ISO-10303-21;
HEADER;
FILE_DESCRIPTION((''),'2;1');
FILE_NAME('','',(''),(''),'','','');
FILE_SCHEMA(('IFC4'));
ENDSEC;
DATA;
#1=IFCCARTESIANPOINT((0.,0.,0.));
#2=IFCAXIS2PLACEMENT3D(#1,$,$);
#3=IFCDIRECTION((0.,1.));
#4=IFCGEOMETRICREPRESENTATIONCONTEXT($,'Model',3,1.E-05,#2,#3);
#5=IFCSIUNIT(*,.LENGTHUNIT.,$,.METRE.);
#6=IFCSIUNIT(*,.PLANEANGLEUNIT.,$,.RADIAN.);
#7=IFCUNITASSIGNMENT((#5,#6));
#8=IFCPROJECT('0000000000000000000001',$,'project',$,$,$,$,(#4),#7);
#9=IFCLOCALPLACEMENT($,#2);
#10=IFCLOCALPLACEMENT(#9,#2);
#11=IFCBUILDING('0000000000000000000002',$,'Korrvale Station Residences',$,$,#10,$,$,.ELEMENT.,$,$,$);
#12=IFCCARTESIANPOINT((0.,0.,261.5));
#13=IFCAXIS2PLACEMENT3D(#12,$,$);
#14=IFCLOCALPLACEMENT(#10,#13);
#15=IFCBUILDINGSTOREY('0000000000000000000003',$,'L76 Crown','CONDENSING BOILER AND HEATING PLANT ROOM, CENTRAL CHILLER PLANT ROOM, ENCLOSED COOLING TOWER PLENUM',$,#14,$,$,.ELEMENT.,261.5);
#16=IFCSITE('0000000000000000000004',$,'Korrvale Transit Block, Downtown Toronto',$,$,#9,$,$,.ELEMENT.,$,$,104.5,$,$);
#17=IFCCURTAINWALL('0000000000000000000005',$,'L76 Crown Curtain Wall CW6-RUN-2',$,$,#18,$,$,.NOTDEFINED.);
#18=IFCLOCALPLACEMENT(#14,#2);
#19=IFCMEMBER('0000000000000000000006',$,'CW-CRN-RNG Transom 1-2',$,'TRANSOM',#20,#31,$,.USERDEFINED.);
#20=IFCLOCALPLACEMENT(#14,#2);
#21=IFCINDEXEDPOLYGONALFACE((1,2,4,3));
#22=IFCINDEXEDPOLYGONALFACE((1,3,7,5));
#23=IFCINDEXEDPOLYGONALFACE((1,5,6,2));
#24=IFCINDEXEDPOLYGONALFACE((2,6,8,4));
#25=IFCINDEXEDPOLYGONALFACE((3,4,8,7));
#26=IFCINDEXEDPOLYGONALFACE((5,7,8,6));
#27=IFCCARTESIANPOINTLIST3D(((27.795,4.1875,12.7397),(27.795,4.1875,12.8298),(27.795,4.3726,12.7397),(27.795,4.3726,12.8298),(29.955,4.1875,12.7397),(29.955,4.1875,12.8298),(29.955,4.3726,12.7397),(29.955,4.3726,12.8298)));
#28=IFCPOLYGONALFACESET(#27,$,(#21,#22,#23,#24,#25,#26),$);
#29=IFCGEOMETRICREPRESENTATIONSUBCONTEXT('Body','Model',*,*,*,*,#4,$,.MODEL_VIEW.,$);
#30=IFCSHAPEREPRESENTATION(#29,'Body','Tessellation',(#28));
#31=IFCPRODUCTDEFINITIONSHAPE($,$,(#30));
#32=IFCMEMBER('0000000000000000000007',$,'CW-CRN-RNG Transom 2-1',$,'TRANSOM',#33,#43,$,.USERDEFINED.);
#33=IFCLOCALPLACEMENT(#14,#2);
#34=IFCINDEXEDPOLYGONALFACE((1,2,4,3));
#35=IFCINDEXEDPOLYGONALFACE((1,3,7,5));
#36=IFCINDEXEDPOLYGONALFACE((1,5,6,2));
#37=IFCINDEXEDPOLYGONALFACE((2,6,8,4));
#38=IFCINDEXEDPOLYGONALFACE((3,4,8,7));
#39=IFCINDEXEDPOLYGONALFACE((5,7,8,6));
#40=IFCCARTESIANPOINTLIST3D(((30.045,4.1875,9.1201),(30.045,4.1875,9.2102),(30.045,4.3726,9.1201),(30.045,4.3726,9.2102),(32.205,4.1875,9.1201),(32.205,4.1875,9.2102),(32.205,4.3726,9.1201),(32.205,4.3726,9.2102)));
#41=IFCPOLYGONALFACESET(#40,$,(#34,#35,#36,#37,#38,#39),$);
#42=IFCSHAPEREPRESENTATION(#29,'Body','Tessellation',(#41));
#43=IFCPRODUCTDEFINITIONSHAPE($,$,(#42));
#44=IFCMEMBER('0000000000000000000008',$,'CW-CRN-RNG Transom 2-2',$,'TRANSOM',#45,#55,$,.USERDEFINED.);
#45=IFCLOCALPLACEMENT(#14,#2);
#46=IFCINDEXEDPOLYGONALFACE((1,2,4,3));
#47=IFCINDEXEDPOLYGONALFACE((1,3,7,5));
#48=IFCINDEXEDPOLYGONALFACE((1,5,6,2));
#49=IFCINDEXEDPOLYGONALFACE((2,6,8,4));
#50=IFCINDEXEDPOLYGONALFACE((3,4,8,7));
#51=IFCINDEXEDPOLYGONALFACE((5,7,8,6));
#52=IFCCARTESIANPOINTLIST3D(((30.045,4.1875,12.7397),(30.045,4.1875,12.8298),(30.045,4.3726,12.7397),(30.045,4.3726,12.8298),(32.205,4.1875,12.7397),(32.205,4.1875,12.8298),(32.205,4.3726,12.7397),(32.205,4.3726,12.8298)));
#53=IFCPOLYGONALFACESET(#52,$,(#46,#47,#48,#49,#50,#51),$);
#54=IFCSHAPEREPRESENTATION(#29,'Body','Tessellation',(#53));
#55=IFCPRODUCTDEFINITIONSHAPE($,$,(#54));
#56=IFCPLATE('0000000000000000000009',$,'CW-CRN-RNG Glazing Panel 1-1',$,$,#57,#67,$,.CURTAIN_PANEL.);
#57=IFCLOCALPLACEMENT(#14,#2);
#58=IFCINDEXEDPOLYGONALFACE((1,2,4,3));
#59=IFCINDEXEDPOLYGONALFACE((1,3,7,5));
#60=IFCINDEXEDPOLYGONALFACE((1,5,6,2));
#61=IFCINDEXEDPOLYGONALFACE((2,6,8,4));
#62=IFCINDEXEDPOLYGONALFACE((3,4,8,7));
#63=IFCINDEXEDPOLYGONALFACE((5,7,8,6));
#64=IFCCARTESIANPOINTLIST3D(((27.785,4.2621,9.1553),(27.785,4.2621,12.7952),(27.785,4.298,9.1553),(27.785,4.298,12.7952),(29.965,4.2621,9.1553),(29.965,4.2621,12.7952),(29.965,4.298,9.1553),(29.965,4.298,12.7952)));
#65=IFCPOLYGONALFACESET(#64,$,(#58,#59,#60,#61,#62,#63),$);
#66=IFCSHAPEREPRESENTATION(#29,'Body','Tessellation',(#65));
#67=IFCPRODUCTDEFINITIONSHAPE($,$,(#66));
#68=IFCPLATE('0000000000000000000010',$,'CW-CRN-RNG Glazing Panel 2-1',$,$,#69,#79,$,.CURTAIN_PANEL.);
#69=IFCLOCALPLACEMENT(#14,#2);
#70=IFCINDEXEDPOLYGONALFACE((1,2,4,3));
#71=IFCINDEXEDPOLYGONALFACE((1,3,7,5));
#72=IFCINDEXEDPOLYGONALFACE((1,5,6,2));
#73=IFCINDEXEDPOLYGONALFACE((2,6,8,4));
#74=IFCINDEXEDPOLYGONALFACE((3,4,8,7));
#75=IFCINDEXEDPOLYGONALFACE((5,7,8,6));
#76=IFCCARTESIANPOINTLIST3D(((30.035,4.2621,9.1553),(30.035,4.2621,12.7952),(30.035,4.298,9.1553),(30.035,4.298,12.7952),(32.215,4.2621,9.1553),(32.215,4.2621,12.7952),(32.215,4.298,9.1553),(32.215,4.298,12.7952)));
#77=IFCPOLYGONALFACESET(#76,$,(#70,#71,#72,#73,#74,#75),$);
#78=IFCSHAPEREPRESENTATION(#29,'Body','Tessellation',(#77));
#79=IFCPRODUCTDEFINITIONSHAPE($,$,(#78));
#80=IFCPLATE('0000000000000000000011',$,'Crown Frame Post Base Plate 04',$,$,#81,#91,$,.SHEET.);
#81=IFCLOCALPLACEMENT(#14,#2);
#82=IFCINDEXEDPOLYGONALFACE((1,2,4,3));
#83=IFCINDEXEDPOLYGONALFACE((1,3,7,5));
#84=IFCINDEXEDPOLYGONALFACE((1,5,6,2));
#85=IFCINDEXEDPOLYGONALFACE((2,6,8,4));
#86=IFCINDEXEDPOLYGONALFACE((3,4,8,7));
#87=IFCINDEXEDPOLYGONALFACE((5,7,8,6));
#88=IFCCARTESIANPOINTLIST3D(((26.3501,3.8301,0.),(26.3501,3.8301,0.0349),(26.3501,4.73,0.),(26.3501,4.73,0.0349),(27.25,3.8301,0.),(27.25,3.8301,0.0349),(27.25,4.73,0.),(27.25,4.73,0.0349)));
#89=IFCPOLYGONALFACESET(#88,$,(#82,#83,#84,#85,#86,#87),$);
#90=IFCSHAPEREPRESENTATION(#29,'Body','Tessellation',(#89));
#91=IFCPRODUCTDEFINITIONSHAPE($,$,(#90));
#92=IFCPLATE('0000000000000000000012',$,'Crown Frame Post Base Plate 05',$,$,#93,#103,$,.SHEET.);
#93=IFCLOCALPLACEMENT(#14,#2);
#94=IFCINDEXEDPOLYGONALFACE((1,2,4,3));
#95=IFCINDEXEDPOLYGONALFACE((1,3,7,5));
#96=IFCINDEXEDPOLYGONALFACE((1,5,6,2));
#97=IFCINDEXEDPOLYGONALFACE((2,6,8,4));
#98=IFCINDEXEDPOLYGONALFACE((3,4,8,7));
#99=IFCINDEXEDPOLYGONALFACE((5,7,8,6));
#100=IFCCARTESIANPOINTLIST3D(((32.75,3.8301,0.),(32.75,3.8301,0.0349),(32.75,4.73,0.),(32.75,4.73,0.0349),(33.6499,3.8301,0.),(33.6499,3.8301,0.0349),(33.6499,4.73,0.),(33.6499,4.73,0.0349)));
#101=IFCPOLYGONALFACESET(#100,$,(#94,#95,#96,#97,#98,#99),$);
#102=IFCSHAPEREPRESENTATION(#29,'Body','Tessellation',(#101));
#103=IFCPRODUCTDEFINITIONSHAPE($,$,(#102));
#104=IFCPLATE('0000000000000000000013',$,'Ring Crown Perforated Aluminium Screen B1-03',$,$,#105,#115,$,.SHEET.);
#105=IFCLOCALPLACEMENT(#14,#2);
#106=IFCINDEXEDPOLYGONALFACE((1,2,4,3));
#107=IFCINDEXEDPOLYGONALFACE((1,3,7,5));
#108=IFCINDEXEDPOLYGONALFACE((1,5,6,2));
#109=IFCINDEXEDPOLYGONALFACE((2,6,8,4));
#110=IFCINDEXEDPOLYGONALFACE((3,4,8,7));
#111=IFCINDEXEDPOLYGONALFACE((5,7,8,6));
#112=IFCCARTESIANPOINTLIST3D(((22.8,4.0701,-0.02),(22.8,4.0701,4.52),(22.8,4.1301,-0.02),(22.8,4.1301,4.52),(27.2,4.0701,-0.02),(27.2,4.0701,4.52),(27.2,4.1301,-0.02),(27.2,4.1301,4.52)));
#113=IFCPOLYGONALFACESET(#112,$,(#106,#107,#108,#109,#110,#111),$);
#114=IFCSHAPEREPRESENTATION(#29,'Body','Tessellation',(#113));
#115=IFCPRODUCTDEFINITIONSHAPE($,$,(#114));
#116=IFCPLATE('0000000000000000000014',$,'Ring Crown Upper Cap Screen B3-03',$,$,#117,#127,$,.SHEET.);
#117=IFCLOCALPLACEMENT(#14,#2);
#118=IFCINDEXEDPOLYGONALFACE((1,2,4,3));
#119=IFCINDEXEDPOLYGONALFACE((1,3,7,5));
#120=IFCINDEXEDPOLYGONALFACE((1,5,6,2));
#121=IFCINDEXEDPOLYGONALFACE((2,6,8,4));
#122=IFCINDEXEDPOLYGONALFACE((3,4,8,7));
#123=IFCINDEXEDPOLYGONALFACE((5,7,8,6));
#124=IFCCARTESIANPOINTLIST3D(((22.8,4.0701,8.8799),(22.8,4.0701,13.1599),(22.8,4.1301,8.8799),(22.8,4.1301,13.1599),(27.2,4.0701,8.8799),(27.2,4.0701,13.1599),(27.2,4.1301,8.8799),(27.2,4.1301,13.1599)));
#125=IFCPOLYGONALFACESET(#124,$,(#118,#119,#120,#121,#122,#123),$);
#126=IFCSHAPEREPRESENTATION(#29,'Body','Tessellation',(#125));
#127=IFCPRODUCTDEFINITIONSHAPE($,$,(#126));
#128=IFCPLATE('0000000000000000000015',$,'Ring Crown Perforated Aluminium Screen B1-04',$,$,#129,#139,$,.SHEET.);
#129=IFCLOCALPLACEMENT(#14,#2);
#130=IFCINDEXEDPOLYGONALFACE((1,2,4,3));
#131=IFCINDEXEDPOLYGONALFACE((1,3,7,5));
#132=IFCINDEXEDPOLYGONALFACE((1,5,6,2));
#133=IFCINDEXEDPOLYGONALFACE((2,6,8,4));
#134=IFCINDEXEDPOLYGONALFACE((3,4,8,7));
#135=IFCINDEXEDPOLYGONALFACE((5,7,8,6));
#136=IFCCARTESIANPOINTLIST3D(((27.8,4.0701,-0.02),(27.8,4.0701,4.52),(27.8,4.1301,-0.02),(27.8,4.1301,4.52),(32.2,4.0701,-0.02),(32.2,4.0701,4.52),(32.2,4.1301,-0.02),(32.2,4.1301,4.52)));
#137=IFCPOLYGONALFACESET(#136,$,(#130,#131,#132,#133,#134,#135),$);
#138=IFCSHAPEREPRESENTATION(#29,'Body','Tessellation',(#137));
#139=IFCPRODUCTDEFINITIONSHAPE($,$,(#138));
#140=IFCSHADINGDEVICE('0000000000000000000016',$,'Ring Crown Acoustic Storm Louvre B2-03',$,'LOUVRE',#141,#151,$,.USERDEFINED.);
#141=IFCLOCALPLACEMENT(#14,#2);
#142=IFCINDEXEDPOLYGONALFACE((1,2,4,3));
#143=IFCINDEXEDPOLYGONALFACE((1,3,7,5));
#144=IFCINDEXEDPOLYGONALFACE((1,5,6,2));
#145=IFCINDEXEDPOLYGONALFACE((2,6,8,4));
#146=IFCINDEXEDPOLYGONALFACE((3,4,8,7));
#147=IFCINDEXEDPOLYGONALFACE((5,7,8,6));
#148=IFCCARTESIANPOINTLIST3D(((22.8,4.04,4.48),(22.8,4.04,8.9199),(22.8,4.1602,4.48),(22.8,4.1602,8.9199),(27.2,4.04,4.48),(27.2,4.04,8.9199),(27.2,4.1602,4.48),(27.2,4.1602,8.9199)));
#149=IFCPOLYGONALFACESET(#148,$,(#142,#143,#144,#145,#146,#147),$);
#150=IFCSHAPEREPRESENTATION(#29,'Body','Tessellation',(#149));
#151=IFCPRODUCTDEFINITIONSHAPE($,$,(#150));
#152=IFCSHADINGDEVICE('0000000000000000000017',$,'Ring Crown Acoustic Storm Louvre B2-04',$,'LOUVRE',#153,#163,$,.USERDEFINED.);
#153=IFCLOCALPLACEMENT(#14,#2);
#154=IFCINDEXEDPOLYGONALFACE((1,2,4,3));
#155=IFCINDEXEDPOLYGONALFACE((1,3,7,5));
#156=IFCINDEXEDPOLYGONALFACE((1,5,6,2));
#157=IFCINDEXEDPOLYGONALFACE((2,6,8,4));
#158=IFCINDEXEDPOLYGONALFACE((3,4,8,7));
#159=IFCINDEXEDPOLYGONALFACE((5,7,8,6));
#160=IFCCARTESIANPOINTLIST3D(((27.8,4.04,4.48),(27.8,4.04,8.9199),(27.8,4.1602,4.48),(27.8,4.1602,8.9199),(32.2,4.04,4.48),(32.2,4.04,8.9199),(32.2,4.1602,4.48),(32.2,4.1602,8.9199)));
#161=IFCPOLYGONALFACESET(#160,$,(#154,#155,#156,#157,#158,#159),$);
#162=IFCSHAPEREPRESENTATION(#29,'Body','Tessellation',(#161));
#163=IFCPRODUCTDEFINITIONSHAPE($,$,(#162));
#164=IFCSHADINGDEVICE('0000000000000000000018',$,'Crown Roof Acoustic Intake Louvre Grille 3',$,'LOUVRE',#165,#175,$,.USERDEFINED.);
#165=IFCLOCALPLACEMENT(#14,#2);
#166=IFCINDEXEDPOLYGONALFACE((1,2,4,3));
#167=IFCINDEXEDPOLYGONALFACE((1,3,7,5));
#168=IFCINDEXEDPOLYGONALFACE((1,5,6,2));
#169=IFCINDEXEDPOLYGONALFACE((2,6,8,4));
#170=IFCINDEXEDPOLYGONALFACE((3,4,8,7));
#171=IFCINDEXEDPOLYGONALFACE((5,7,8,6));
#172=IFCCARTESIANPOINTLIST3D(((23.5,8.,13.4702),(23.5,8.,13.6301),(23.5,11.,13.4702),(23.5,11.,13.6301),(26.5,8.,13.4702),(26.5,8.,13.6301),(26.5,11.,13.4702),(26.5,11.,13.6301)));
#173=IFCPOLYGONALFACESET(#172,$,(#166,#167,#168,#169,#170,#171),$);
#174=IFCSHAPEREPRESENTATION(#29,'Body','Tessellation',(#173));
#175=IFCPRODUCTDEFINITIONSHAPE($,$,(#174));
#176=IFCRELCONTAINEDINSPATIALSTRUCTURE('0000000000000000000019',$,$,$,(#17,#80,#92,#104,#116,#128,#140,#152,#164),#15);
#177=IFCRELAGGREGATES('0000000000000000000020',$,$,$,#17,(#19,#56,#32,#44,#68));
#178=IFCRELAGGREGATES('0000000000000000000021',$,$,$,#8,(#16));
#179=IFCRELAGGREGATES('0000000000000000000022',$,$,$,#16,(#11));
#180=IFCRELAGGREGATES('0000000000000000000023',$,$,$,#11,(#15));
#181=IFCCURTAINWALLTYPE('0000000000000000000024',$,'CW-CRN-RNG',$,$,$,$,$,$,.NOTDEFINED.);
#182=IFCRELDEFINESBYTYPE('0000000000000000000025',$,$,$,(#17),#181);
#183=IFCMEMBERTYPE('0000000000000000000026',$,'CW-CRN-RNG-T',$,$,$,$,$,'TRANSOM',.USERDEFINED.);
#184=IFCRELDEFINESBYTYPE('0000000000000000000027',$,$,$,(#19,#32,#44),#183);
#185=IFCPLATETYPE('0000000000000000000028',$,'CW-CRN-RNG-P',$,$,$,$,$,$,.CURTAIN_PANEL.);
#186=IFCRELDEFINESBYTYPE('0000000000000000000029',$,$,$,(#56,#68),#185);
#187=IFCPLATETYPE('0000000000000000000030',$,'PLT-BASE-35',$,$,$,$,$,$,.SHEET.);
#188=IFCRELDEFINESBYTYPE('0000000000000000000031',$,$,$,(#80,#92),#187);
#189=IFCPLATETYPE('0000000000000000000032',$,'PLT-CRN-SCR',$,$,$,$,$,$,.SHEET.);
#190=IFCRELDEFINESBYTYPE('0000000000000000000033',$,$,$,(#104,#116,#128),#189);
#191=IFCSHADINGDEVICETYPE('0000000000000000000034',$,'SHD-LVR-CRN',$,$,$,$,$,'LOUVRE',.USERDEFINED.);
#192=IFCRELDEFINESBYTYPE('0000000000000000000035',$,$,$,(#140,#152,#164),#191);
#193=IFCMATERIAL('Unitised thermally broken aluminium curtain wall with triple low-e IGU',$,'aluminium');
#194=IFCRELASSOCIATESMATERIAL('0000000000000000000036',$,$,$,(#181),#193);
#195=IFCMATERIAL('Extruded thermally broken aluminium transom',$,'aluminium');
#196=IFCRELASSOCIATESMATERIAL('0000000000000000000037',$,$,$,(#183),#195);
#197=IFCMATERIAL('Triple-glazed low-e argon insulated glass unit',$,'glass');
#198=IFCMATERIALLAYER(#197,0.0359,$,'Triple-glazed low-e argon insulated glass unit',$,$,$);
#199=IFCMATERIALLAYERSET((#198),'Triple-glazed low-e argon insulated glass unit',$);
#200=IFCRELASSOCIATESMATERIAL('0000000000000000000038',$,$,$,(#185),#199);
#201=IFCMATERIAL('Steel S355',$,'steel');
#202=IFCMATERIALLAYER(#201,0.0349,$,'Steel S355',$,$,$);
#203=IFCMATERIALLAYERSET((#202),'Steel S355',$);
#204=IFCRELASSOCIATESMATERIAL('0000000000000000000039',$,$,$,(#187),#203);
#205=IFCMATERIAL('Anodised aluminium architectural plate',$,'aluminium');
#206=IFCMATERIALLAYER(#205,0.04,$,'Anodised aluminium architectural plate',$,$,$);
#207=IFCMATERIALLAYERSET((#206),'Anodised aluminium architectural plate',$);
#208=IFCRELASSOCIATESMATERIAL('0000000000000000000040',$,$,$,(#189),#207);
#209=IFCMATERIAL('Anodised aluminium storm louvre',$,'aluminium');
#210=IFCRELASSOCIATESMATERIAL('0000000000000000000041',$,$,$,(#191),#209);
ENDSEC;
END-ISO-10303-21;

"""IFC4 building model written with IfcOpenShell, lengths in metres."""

from ifc_helpers import new_model, si_unit, direction, frame, origin, origin_2d, place, context, subcontext, project, spatial, rectangle, extrude, material, layer, layer_set, type_object, element, aggregate, save


model = new_model("IFC4")

# Units and contexts
model_context = context("Model", 3, precision=1e-05, world=origin(), true_north=direction((0.0, 1.0)))
body_context = subcontext(model_context, "Body", "Model", "MODEL_VIEW")
ifc_project = project(units=[si_unit("LENGTHUNIT", "METRE"), si_unit("PLANEANGLEUNIT", "RADIAN")], contexts=[model_context])

# Site, building, storey
site_placement = place(None, origin())
site = spatial("IfcSite", under=ifc_project, at=site_placement, Name="Korrvale Transit Block, Downtown Toronto", CompositionType="ELEMENT", RefElevation=104.5)
building_placement = place(site_placement, origin())
building = spatial("IfcBuilding", under=site, at=building_placement, Name="Korrvale Station Residences", CompositionType="ELEMENT")
storey_placement = place(building_placement, frame((0.0, 0.0, 261.5)))
storey = spatial("IfcBuildingStorey", under=building, at=storey_placement, Name="L76 Crown", Description="CONDENSING BOILER AND HEATING PLANT ROOM, CENTRAL CHILLER PLANT ROOM, ENCLOSED COOLING TOWER PLENUM", CompositionType="ELEMENT", Elevation=261.5)

# Shared definitions
ifc_material_1 = material(Name="Steel S355", Category="steel")

# Curtain wall, members, plates
ifc_material_2 = material(Name="Unitised thermally broken aluminium curtain wall with triple low-e IGU", Category="aluminium")
curtain_wall_type = type_object("IfcCurtainWallType", Name="CW-CRN-RNG", PredefinedType="NOTDEFINED", material=ifc_material_2)
curtain_wall_placement = place(storey_placement, origin())
curtain_wall = element("IfcCurtainWall", 1, at=curtain_wall_placement, inside=storey, type_object=curtain_wall_type, Name="L76 Crown Curtain Wall CW6-RUN-2", PredefinedType="NOTDEFINED")
ifc_material_3 = material(Name="Extruded thermally broken aluminium transom", Category="aluminium")
member_type_1 = type_object("IfcMemberType", Name="CW-CRN-RNG-T", ElementType="TRANSOM", PredefinedType="USERDEFINED", material=ifc_material_3)
member_1_placement = place(storey_placement, frame((28.875, 4.28, 12.7397), z_axis=(0.0, 0.0, 1.0), x_axis=(1.0, 0.0, 0.0)))
member_1 = element("IfcMember", 2, at=member_1_placement, type_object=member_type_1, Name="CW-CRN-RNG Transom 1-2", ObjectType="TRANSOM", PredefinedType="USERDEFINED", context=body_context, shape_type="SweptSolid", body=[
    extrude(rectangle(XDim=2.1599, YDim=0.1851, at=origin_2d()), origin(), (0.0, 0.0, 1.0), 0.0901),
])
member_2_placement = place(storey_placement, frame((31.125, 4.28, 9.1201), z_axis=(0.0, 0.0, 1.0), x_axis=(1.0, 0.0, 0.0)))
member_2 = element("IfcMember", 3, at=member_2_placement, type_object=member_type_1, Name="CW-CRN-RNG Transom 2-1", ObjectType="TRANSOM", PredefinedType="USERDEFINED", context=body_context, shape_type="SweptSolid", body=[
    extrude(rectangle(XDim=2.1599, YDim=0.1851, at=origin_2d()), origin(), (0.0, 0.0, 1.0), 0.0901),
])
member_3_placement = place(storey_placement, frame((31.125, 4.28, 12.7397), z_axis=(0.0, 0.0, 1.0), x_axis=(1.0, 0.0, 0.0)))
member_3 = element("IfcMember", 4, at=member_3_placement, type_object=member_type_1, Name="CW-CRN-RNG Transom 2-2", ObjectType="TRANSOM", PredefinedType="USERDEFINED", context=body_context, shape_type="SweptSolid", body=[
    extrude(rectangle(XDim=2.1599, YDim=0.1851, at=origin_2d()), origin(), (0.0, 0.0, 1.0), 0.0901),
])
ifc_material_4 = material(Name="Triple-glazed low-e argon insulated glass unit", Category="glass")
ifc_layer_1 = layer(ifc_material_4, 0.0359, Name="Triple-glazed low-e argon insulated glass unit")
ifc_layer_set_1 = layer_set([ifc_layer_1], Name="Triple-glazed low-e argon insulated glass unit")
plate_type_1 = type_object("IfcPlateType", Name="CW-CRN-RNG-P", PredefinedType="CURTAIN_PANEL", material=ifc_layer_set_1)
plate_1_placement = place(storey_placement, frame((28.875, 4.28, 9.1553), z_axis=(0.0, 0.0, 1.0), x_axis=(1.0, 0.0, 0.0)))
plate_1 = element("IfcPlate", 5, at=plate_1_placement, type_object=plate_type_1, Name="CW-CRN-RNG Glazing Panel 1-1", PredefinedType="CURTAIN_PANEL", context=body_context, shape_type="SweptSolid", body=[
    extrude(rectangle(XDim=2.1799, YDim=0.0359, at=origin_2d()), origin(), (0.0, 0.0, 1.0), 3.6399),
])
plate_2_placement = place(storey_placement, frame((31.125, 4.28, 9.1553), z_axis=(0.0, 0.0, 1.0), x_axis=(1.0, 0.0, 0.0)))
plate_2 = element("IfcPlate", 6, at=plate_2_placement, type_object=plate_type_1, Name="CW-CRN-RNG Glazing Panel 2-1", PredefinedType="CURTAIN_PANEL", context=body_context, shape_type="SweptSolid", body=[
    extrude(rectangle(XDim=2.1799, YDim=0.0359, at=origin_2d()), origin(), (0.0, 0.0, 1.0), 3.6399),
])
aggregate(curtain_wall, [member_1, plate_1, member_2, member_3, plate_2])

# Plates
ifc_layer_2 = layer(ifc_material_1, 0.0349, Name="Steel S355")
ifc_layer_set_2 = layer_set([ifc_layer_2], Name="Steel S355")
plate_type_2 = type_object("IfcPlateType", Name="PLT-BASE-35", PredefinedType="SHEET", material=ifc_layer_set_2)
for number, where, z_axis, x_axis, name in (
    (7, (26.8, 4.28, 0.0), (0.0, 0.0, 1.0), (1.0, 0.0, 0.0), "Crown Frame Post Base Plate 04"),
    (8, (33.2, 4.28, 0.0), (0.0, 0.0, 1.0), (1.0, 0.0, 0.0), "Crown Frame Post Base Plate 05"),
):
    element("IfcPlate", number, at=place(storey_placement, frame(where, z_axis=z_axis, x_axis=x_axis)), inside=storey, type_object=plate_type_2, Name=name, PredefinedType="SHEET", context=body_context, shape_type="SweptSolid", body=[
        extrude(rectangle(XDim=0.8999, YDim=0.8999, at=origin_2d()), origin(), (0.0, 0.0, 1.0), 0.0349),
    ])
ifc_material_5 = material(Name="Anodised aluminium architectural plate", Category="aluminium")
ifc_layer_3 = layer(ifc_material_5, 0.04, Name="Anodised aluminium architectural plate")
ifc_layer_set_3 = layer_set([ifc_layer_3], Name="Anodised aluminium architectural plate")
plate_type_3 = type_object("IfcPlateType", Name="PLT-CRN-SCR", PredefinedType="SHEET", material=ifc_layer_set_3)
plate_3_placement = place(storey_placement, frame((25.0, 4.1001, -0.02), z_axis=(0.0, 0.0, 1.0), x_axis=(1.0, 0.0, 0.0)))
element("IfcPlate", 9, at=plate_3_placement, inside=storey, type_object=plate_type_3, Name="Ring Crown Perforated Aluminium Screen B1-03", PredefinedType="SHEET", context=body_context, shape_type="SweptSolid", body=[
    extrude(rectangle(XDim=4.3999, YDim=0.0601, at=origin_2d()), origin(), (0.0, 0.0, 1.0), 4.54),
])
plate_4_placement = place(storey_placement, frame((25.0, 4.1001, 8.8799), z_axis=(0.0, 0.0, 1.0), x_axis=(1.0, 0.0, 0.0)))
element("IfcPlate", 10, at=plate_4_placement, inside=storey, type_object=plate_type_3, Name="Ring Crown Upper Cap Screen B3-03", PredefinedType="SHEET", context=body_context, shape_type="SweptSolid", body=[
    extrude(rectangle(XDim=4.3999, YDim=0.0601, at=origin_2d()), origin(), (0.0, 0.0, 1.0), 4.28),
])
plate_5_placement = place(storey_placement, frame((30.0, 4.1001, -0.02), z_axis=(0.0, 0.0, 1.0), x_axis=(1.0, 0.0, 0.0)))
element("IfcPlate", 11, at=plate_5_placement, inside=storey, type_object=plate_type_3, Name="Ring Crown Perforated Aluminium Screen B1-04", PredefinedType="SHEET", context=body_context, shape_type="SweptSolid", body=[
    extrude(rectangle(XDim=4.3999, YDim=0.0601, at=origin_2d()), origin(), (0.0, 0.0, 1.0), 4.54),
])

# Shading devices
ifc_material_6 = material(Name="Anodised aluminium storm louvre", Category="aluminium")
shading_device_type = type_object("IfcShadingDeviceType", Name="SHD-LVR-CRN", ElementType="LOUVRE", PredefinedType="USERDEFINED", material=ifc_material_6)
for number, where, z_axis, x_axis, name in (
    (12, (25.0, 4.1001, 4.48), (0.0, 0.0, 1.0), (1.0, 0.0, 0.0), "Ring Crown Acoustic Storm Louvre B2-03"),
    (13, (30.0, 4.1001, 4.48), (0.0, 0.0, 1.0), (1.0, 0.0, 0.0), "Ring Crown Acoustic Storm Louvre B2-04"),
):
    element("IfcShadingDevice", number, at=place(storey_placement, frame(where, z_axis=z_axis, x_axis=x_axis)), inside=storey, type_object=shading_device_type, Name=name, ObjectType="LOUVRE", PredefinedType="USERDEFINED", context=body_context, shape_type="SweptSolid", body=[
        extrude(rectangle(XDim=4.3999, YDim=0.1201, at=origin_2d()), origin(), (0.0, 0.0, 1.0), 4.4399),
    ])
shading_device_placement = place(storey_placement, frame((25.0, 9.5, 13.4702), z_axis=(0.0, 0.0, 1.0), x_axis=(1.0, 0.0, 0.0)))
element("IfcShadingDevice", 14, at=shading_device_placement, inside=storey, type_object=shading_device_type, Name="Crown Roof Acoustic Intake Louvre Grille 3", ObjectType="LOUVRE", PredefinedType="USERDEFINED", context=body_context, shape_type="SweptSolid", body=[
    extrude(rectangle(XDim=3.0, YDim=3.0, at=origin_2d()), origin(), (0.0, 0.0, 1.0), 0.1599),
])

save(model, "model.ifc")
